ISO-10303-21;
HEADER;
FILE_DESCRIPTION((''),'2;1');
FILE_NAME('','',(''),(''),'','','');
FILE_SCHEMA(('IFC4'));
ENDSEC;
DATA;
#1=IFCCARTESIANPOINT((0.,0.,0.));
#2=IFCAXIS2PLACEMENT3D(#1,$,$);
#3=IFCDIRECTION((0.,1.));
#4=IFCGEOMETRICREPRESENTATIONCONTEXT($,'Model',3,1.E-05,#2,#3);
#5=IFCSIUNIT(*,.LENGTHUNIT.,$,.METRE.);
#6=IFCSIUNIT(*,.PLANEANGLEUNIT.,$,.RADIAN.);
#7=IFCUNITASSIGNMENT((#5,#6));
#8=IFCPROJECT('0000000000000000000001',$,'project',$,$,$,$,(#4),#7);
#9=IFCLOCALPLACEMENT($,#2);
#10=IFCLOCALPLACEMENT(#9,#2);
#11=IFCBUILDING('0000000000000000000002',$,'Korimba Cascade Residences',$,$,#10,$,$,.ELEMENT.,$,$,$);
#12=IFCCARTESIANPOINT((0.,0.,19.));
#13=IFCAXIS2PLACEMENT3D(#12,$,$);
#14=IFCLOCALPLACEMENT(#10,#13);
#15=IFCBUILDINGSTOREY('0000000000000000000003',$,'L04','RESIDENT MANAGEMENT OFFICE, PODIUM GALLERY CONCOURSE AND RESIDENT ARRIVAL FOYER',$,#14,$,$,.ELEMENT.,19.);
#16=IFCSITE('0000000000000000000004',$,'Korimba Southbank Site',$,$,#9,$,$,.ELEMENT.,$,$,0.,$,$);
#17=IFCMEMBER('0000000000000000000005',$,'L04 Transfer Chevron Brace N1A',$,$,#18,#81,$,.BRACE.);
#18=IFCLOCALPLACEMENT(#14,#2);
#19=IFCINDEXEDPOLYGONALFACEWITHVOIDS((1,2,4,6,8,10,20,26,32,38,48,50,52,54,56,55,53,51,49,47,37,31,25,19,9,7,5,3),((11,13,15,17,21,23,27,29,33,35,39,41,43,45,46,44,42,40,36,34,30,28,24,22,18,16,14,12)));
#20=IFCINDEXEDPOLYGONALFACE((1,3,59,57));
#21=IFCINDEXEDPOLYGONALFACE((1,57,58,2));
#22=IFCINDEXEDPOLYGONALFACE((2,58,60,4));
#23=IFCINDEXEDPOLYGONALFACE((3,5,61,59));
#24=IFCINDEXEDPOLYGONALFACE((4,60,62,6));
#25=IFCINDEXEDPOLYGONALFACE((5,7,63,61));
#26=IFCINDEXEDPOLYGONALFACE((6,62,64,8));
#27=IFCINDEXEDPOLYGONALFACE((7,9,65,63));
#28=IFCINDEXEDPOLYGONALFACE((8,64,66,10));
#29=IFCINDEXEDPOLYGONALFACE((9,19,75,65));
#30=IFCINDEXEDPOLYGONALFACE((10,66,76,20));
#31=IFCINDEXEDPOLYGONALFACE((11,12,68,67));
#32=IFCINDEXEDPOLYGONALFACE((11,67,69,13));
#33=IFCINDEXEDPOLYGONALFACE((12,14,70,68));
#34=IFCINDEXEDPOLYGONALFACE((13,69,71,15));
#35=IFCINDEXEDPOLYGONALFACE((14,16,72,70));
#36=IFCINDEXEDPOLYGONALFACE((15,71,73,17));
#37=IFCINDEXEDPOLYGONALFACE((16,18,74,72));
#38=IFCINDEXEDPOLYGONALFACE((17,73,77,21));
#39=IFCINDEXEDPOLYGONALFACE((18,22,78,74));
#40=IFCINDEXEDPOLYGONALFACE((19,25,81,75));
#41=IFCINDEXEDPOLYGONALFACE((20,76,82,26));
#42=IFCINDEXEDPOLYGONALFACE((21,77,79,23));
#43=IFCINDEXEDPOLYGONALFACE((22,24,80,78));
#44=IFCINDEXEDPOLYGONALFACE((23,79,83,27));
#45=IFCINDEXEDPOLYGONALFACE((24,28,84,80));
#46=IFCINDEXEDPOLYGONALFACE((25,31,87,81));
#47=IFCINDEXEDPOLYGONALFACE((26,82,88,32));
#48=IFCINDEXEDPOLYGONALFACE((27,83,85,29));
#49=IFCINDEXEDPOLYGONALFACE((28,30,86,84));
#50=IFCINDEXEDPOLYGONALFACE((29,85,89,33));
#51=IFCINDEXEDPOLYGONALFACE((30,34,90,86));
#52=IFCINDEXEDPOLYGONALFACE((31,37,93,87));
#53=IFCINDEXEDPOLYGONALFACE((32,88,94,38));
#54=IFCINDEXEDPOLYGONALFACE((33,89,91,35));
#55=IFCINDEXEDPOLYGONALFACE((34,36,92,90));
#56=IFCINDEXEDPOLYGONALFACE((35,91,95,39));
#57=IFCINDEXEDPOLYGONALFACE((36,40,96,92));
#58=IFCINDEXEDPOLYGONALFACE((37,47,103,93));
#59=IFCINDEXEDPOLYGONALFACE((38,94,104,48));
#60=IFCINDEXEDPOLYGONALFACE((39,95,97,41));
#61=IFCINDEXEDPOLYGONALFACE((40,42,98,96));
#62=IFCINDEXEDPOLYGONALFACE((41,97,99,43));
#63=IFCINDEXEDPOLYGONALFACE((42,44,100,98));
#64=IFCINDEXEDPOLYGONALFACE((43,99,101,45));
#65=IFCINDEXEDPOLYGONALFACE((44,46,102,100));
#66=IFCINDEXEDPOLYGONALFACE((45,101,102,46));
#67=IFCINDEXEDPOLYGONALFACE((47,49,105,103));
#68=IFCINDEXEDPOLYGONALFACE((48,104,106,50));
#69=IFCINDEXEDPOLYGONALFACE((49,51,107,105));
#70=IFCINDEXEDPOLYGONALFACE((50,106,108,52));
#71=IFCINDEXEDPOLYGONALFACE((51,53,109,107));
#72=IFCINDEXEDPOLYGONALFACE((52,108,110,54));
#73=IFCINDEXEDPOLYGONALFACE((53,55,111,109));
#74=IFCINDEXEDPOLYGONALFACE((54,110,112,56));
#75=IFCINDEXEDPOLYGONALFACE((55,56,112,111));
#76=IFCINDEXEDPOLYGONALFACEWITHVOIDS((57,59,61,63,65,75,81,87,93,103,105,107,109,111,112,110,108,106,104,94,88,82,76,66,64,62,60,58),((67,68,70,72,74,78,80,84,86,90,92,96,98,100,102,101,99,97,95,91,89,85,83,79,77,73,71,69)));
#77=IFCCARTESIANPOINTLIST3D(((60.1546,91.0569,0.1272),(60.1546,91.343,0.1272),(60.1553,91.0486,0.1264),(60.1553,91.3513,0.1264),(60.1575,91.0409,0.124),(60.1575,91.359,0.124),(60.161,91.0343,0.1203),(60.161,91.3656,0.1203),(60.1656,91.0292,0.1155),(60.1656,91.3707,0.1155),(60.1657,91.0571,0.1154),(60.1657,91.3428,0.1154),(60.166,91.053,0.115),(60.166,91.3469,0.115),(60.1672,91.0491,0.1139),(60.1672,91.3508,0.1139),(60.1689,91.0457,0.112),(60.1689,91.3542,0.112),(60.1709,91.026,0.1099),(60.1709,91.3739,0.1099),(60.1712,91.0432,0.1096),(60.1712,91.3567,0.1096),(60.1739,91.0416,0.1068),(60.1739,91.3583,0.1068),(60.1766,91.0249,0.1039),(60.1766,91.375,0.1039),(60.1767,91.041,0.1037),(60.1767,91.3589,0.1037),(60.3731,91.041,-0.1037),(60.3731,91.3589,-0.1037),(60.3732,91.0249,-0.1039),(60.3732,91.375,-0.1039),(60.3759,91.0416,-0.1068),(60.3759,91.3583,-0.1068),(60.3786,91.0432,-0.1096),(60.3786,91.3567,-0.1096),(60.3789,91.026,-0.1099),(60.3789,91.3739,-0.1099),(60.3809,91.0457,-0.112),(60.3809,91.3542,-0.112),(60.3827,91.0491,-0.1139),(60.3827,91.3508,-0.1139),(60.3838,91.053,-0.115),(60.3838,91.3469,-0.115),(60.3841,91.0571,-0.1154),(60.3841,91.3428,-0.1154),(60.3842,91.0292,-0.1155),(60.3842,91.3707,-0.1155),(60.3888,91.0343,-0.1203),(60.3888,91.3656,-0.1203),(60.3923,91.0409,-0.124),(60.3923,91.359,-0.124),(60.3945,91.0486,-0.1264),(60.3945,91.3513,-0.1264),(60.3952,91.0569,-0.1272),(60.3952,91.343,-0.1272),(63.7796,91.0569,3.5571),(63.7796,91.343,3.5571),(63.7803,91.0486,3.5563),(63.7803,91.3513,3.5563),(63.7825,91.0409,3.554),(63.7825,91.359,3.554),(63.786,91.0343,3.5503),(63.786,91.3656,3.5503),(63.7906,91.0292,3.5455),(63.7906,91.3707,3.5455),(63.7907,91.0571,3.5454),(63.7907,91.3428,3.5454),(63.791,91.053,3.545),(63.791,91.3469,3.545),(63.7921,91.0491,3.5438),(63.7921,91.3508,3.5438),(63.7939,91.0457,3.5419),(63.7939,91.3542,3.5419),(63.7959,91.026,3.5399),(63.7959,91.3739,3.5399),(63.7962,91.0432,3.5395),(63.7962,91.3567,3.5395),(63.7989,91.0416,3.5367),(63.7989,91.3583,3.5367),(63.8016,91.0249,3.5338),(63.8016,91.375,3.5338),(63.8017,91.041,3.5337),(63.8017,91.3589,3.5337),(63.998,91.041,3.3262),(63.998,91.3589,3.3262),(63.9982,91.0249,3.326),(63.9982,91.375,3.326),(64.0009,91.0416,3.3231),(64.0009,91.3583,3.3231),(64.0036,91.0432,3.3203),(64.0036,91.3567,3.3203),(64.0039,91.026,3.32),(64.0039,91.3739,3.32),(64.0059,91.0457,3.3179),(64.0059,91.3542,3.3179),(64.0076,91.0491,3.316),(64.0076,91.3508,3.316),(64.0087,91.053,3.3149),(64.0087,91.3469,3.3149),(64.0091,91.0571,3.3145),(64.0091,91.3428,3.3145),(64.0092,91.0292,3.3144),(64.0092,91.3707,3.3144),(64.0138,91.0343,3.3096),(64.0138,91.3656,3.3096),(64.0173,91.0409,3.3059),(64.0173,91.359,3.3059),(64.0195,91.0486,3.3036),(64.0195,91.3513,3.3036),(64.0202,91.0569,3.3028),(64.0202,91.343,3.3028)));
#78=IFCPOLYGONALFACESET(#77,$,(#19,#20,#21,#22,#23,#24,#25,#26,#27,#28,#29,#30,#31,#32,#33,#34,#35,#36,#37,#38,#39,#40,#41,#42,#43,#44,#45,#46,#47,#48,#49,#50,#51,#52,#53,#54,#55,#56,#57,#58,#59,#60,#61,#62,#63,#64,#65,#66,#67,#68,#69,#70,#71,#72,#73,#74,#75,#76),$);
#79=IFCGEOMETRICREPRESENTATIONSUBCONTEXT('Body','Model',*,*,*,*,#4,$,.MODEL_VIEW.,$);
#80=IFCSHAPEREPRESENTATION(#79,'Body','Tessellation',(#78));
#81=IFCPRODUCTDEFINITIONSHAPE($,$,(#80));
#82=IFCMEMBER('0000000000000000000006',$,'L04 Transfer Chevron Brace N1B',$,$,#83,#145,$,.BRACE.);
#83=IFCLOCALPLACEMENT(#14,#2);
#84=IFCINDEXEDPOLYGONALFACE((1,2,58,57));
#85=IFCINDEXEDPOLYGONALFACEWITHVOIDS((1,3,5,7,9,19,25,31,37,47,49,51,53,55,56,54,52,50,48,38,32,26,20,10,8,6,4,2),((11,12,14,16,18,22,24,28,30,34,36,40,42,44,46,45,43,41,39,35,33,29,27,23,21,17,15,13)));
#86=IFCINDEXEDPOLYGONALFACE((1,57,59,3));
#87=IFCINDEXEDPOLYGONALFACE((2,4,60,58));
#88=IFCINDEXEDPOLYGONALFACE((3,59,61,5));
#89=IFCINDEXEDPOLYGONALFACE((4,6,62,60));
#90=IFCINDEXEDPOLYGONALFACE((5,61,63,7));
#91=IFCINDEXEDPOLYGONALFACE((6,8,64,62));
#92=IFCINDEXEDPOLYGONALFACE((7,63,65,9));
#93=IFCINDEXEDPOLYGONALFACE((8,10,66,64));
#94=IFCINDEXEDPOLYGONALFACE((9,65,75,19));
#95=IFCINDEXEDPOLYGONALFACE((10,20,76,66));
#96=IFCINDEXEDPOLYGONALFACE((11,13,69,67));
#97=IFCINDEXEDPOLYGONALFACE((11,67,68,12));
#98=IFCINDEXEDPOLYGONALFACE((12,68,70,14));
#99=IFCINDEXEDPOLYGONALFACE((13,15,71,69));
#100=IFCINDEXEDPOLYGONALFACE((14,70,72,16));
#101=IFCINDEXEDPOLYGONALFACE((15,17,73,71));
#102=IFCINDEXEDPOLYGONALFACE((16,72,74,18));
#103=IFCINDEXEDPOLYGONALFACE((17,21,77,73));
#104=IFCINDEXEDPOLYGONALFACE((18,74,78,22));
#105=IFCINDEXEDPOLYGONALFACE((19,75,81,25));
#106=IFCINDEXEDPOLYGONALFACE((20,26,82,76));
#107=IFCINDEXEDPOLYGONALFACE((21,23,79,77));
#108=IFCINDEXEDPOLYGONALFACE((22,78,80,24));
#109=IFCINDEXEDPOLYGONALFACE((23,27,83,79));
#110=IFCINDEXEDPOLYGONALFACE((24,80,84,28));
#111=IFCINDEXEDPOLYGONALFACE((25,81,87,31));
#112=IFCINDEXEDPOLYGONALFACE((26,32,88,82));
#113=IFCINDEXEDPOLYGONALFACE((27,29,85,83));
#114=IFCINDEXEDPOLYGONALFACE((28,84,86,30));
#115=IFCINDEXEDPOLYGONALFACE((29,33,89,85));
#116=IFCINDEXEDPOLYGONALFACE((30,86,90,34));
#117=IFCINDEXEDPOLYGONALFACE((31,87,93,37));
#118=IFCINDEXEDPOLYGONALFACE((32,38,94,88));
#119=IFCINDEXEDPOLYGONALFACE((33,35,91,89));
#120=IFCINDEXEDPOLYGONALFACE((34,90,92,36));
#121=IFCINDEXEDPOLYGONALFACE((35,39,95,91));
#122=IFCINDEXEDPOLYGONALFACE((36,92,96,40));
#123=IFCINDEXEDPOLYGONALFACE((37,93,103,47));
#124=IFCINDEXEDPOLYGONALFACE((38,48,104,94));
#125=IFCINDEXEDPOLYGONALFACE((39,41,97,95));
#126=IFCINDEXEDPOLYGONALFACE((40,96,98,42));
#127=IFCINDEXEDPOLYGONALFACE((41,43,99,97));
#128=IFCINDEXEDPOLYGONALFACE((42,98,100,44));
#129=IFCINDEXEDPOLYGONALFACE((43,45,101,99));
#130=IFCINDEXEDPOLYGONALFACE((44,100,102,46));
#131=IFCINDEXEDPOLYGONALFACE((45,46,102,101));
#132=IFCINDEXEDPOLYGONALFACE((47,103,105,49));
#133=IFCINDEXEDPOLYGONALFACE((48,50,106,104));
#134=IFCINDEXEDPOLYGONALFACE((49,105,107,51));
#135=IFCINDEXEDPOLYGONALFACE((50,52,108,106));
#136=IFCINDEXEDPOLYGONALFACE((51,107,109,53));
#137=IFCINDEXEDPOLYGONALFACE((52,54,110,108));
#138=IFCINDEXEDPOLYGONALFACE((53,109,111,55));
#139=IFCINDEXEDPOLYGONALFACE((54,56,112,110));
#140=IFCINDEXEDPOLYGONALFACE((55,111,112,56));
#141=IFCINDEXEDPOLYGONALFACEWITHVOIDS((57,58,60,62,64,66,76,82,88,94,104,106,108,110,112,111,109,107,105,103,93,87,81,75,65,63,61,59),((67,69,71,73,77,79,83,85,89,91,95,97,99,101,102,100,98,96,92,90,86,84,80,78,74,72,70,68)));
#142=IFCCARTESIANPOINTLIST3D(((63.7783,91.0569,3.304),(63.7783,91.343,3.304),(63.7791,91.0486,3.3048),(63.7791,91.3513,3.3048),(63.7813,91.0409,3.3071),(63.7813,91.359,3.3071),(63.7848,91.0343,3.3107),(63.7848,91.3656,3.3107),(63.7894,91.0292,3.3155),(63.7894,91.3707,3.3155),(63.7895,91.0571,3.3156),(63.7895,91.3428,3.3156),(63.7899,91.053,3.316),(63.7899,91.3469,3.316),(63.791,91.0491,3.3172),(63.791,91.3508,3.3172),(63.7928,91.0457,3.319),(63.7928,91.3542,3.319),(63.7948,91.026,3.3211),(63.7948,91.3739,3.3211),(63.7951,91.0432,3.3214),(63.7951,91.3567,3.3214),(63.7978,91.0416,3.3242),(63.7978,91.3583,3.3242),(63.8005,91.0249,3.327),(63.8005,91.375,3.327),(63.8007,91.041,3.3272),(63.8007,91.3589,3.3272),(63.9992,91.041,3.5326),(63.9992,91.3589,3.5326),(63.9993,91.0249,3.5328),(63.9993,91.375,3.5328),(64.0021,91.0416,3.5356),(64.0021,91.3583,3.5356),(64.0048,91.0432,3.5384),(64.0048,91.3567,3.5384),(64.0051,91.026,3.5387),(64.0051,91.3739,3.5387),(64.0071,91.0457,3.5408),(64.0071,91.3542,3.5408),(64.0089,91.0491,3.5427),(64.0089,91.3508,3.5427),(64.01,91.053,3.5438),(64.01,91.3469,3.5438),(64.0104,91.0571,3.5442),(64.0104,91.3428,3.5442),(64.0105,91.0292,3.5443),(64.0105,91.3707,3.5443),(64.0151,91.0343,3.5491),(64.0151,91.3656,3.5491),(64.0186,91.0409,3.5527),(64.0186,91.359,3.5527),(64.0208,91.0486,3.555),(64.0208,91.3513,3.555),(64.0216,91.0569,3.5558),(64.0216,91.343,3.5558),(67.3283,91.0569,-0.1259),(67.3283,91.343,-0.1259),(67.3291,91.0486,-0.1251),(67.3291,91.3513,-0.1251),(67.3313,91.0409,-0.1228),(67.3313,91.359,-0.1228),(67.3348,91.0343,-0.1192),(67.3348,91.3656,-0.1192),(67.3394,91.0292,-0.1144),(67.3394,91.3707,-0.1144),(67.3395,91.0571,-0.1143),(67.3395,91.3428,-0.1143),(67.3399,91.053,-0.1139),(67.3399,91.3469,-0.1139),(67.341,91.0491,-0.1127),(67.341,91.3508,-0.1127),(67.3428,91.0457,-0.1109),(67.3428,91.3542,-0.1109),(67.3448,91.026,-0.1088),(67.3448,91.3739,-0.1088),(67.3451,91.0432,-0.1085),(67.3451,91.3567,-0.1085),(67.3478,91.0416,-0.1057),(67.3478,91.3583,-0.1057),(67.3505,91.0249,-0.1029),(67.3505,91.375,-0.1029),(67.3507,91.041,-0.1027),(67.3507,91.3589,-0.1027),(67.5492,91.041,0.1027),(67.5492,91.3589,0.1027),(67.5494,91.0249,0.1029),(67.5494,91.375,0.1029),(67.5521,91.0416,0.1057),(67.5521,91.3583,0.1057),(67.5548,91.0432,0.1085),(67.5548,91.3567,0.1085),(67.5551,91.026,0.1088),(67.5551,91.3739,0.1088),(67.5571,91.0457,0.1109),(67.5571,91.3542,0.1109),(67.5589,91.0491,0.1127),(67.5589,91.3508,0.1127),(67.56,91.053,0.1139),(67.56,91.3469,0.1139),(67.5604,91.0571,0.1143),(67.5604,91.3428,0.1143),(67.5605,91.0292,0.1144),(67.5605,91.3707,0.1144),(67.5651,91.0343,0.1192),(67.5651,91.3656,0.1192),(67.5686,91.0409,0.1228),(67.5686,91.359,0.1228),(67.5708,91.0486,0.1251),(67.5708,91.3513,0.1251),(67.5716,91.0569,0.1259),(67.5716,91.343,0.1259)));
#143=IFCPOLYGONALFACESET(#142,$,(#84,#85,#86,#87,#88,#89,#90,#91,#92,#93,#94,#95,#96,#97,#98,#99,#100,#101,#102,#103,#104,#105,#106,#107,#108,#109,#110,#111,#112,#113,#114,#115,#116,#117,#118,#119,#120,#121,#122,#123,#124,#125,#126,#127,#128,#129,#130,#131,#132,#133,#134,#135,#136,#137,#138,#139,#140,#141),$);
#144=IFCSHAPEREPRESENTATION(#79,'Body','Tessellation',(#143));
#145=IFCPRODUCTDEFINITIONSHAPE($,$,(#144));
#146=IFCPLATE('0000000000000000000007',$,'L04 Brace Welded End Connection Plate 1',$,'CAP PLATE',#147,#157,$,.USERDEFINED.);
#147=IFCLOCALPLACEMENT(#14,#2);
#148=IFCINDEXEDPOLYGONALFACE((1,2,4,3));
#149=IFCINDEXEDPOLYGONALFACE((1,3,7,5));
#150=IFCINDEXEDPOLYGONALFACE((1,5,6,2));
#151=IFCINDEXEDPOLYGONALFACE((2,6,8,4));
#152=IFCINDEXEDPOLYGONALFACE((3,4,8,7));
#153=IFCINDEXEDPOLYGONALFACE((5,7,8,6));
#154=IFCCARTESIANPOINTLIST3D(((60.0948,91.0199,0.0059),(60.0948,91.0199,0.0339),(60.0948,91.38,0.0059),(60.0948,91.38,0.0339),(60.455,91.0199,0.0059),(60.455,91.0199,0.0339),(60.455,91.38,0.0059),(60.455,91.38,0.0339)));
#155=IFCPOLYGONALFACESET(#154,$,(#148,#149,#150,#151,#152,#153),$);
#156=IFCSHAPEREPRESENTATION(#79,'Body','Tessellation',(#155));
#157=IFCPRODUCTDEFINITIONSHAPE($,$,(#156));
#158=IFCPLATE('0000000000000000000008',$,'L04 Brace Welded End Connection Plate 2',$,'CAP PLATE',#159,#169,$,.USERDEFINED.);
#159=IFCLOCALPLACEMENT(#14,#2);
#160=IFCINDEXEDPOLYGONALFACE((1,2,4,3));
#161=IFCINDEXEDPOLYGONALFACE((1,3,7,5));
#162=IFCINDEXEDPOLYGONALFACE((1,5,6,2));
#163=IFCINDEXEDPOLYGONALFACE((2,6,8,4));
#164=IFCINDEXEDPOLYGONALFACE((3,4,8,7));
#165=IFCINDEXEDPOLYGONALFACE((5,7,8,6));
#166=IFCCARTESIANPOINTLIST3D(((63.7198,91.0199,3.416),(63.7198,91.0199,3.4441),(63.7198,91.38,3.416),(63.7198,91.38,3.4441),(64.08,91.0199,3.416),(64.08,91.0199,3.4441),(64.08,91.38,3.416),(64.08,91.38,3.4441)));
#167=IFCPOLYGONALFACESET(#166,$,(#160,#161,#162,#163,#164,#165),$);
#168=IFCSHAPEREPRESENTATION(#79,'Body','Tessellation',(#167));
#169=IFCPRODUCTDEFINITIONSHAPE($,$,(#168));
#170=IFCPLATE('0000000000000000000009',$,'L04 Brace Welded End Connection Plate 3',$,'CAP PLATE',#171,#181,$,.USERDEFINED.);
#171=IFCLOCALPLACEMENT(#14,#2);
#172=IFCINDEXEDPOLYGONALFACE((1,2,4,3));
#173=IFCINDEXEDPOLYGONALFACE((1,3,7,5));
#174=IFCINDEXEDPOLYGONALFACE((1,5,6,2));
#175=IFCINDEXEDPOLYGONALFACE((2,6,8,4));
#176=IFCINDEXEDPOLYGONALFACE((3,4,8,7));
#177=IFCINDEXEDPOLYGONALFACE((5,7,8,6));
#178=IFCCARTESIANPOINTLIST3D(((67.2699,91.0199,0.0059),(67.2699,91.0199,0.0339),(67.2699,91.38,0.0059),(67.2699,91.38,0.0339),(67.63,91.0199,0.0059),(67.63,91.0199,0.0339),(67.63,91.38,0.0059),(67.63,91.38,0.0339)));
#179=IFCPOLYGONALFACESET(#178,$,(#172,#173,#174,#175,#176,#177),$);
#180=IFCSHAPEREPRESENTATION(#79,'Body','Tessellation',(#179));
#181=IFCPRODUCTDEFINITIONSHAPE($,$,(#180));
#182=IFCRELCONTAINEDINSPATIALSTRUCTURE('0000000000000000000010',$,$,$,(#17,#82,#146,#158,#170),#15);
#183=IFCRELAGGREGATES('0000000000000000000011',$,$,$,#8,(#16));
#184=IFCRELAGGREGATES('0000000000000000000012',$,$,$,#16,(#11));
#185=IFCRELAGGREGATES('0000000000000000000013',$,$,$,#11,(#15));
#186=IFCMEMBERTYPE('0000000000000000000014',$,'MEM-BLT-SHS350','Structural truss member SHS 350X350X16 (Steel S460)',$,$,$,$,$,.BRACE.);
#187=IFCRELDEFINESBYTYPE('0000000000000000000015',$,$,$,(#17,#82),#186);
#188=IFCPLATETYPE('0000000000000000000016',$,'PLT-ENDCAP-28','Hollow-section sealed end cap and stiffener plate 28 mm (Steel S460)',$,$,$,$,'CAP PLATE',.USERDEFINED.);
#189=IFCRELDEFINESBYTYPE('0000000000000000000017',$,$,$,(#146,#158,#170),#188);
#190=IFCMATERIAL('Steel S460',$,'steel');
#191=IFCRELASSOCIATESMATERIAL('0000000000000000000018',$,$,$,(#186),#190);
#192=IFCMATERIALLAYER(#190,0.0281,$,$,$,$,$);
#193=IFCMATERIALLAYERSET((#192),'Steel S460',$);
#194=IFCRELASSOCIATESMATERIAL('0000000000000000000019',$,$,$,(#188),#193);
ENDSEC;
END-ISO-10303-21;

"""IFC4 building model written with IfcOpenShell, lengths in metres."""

from ifc_helpers import new_model, si_unit, direction, frame, origin, origin_2d, place, context, subcontext, project, spatial, rectangle, hollow_rectangle, extrude, material, layer, layer_set, material_profile, profile_set, type_object, element, save


model = new_model("IFC4")

# Units and contexts
model_context = context("Model", 3, precision=1e-05, world=origin(), true_north=direction((0.0, 1.0)))
body_context = subcontext(model_context, "Body", "Model", "MODEL_VIEW")
ifc_project = project(units=[si_unit("LENGTHUNIT", "METRE"), si_unit("PLANEANGLEUNIT", "RADIAN")], contexts=[model_context])

# Site, building, storey
site_placement = place(None, origin())
site = spatial("IfcSite", under=ifc_project, at=site_placement, Name="Korimba Southbank Site", CompositionType="ELEMENT", RefElevation=0.0)
building_placement = place(site_placement, origin())
building = spatial("IfcBuilding", under=site, at=building_placement, Name="Korimba Cascade Residences", CompositionType="ELEMENT")
storey_placement = place(building_placement, frame((0.0, 0.0, 19.0)))
storey = spatial("IfcBuildingStorey", under=building, at=storey_placement, Name="L04", Description="RESIDENT MANAGEMENT OFFICE, PODIUM GALLERY CONCOURSE AND RESIDENT ARRIVAL FOYER", CompositionType="ELEMENT", Elevation=19.0)

# Members
ifc_material_1 = material(Name="Steel S460", Category="steel")
ifc_material_profile_1 = material_profile(ifc_material_1, hollow_rectangle(XDim=0.3501, YDim=0.3501, WallThickness=0.0161, InnerFilletRadius=0.0161, OuterFilletRadius=0.032, at=origin_2d()), Name="Steel S460")
ifc_profile_set_1 = profile_set([ifc_material_profile_1], Name="Steel S460")
member_type = type_object("IfcMemberType", Name="MEM-BLT-SHS350", Description="Structural truss member SHS 350X350X16 (Steel S460)", PredefinedType="BRACE", material=ifc_profile_set_1)
member_1_placement = place(storey_placement, frame((60.2749, 91.2, 0.0), z_axis=(0.726381, 0.0, 0.687293), x_axis=(0.0, 1.0, 0.0)))
element("IfcMember", 1, at=member_1_placement, inside=storey, type_object=member_type, Name="L04 Transfer Chevron Brace N1A", PredefinedType="BRACE", context=body_context, shape_type="SweptSolid", body=[
    extrude(hollow_rectangle(XDim=0.3501, YDim=0.3501, WallThickness=0.0161, InnerFilletRadius=0.0161, OuterFilletRadius=0.032, at=origin_2d()), origin(), (0.0, 0.0, 1.0), 4.9905),
])
member_2_placement = place(storey_placement, frame((67.45, 91.2, 0.0), z_axis=(-0.719169, 0.0, 0.694835), x_axis=(0.0, -1.0, 0.0)))
element("IfcMember", 2, at=member_2_placement, inside=storey, type_object=member_type, Name="L04 Transfer Chevron Brace N1B", PredefinedType="BRACE", context=body_context, shape_type="SweptSolid", body=[
    extrude(hollow_rectangle(XDim=0.3501, YDim=0.3501, WallThickness=0.0161, InnerFilletRadius=0.0161, OuterFilletRadius=0.032, at=origin_2d()), origin(), (0.0, 0.0, 1.0), 4.9363),
])

# Plates
ifc_layer_1 = layer(ifc_material_1, 0.0281)
ifc_layer_set_1 = layer_set([ifc_layer_1], Name="Steel S460")
plate_type = type_object("IfcPlateType", Name="PLT-ENDCAP-28", Description="Hollow-section sealed end cap and stiffener plate 28 mm (Steel S460)", ElementType="CAP PLATE", PredefinedType="USERDEFINED", material=ifc_layer_set_1)
for number, where, z_axis, x_axis, name in (
    (3, (60.2749, 91.2, 0.0059), (0.0, 0.0, 1.0), (1.0, 0.0, 0.0), "L04 Brace Welded End Connection Plate 1"),
    (4, (63.8999, 91.2, 3.416), (0.0, 0.0, 1.0), (1.0, 0.0, 0.0), "L04 Brace Welded End Connection Plate 2"),
    (5, (67.45, 91.2, 0.0059), (0.0, 0.0, 1.0), (1.0, 0.0, 0.0), "L04 Brace Welded End Connection Plate 3"),
):
    element("IfcPlate", number, at=place(storey_placement, frame(where, z_axis=z_axis, x_axis=x_axis)), inside=storey, type_object=plate_type, Name=name, ObjectType="CAP PLATE", PredefinedType="USERDEFINED", context=body_context, shape_type="SweptSolid", body=[
        extrude(rectangle(XDim=0.3601, YDim=0.3601, at=origin_2d()), origin(), (0.0, 0.0, 1.0), 0.0281),
    ])

save(model, "model.ifc")
